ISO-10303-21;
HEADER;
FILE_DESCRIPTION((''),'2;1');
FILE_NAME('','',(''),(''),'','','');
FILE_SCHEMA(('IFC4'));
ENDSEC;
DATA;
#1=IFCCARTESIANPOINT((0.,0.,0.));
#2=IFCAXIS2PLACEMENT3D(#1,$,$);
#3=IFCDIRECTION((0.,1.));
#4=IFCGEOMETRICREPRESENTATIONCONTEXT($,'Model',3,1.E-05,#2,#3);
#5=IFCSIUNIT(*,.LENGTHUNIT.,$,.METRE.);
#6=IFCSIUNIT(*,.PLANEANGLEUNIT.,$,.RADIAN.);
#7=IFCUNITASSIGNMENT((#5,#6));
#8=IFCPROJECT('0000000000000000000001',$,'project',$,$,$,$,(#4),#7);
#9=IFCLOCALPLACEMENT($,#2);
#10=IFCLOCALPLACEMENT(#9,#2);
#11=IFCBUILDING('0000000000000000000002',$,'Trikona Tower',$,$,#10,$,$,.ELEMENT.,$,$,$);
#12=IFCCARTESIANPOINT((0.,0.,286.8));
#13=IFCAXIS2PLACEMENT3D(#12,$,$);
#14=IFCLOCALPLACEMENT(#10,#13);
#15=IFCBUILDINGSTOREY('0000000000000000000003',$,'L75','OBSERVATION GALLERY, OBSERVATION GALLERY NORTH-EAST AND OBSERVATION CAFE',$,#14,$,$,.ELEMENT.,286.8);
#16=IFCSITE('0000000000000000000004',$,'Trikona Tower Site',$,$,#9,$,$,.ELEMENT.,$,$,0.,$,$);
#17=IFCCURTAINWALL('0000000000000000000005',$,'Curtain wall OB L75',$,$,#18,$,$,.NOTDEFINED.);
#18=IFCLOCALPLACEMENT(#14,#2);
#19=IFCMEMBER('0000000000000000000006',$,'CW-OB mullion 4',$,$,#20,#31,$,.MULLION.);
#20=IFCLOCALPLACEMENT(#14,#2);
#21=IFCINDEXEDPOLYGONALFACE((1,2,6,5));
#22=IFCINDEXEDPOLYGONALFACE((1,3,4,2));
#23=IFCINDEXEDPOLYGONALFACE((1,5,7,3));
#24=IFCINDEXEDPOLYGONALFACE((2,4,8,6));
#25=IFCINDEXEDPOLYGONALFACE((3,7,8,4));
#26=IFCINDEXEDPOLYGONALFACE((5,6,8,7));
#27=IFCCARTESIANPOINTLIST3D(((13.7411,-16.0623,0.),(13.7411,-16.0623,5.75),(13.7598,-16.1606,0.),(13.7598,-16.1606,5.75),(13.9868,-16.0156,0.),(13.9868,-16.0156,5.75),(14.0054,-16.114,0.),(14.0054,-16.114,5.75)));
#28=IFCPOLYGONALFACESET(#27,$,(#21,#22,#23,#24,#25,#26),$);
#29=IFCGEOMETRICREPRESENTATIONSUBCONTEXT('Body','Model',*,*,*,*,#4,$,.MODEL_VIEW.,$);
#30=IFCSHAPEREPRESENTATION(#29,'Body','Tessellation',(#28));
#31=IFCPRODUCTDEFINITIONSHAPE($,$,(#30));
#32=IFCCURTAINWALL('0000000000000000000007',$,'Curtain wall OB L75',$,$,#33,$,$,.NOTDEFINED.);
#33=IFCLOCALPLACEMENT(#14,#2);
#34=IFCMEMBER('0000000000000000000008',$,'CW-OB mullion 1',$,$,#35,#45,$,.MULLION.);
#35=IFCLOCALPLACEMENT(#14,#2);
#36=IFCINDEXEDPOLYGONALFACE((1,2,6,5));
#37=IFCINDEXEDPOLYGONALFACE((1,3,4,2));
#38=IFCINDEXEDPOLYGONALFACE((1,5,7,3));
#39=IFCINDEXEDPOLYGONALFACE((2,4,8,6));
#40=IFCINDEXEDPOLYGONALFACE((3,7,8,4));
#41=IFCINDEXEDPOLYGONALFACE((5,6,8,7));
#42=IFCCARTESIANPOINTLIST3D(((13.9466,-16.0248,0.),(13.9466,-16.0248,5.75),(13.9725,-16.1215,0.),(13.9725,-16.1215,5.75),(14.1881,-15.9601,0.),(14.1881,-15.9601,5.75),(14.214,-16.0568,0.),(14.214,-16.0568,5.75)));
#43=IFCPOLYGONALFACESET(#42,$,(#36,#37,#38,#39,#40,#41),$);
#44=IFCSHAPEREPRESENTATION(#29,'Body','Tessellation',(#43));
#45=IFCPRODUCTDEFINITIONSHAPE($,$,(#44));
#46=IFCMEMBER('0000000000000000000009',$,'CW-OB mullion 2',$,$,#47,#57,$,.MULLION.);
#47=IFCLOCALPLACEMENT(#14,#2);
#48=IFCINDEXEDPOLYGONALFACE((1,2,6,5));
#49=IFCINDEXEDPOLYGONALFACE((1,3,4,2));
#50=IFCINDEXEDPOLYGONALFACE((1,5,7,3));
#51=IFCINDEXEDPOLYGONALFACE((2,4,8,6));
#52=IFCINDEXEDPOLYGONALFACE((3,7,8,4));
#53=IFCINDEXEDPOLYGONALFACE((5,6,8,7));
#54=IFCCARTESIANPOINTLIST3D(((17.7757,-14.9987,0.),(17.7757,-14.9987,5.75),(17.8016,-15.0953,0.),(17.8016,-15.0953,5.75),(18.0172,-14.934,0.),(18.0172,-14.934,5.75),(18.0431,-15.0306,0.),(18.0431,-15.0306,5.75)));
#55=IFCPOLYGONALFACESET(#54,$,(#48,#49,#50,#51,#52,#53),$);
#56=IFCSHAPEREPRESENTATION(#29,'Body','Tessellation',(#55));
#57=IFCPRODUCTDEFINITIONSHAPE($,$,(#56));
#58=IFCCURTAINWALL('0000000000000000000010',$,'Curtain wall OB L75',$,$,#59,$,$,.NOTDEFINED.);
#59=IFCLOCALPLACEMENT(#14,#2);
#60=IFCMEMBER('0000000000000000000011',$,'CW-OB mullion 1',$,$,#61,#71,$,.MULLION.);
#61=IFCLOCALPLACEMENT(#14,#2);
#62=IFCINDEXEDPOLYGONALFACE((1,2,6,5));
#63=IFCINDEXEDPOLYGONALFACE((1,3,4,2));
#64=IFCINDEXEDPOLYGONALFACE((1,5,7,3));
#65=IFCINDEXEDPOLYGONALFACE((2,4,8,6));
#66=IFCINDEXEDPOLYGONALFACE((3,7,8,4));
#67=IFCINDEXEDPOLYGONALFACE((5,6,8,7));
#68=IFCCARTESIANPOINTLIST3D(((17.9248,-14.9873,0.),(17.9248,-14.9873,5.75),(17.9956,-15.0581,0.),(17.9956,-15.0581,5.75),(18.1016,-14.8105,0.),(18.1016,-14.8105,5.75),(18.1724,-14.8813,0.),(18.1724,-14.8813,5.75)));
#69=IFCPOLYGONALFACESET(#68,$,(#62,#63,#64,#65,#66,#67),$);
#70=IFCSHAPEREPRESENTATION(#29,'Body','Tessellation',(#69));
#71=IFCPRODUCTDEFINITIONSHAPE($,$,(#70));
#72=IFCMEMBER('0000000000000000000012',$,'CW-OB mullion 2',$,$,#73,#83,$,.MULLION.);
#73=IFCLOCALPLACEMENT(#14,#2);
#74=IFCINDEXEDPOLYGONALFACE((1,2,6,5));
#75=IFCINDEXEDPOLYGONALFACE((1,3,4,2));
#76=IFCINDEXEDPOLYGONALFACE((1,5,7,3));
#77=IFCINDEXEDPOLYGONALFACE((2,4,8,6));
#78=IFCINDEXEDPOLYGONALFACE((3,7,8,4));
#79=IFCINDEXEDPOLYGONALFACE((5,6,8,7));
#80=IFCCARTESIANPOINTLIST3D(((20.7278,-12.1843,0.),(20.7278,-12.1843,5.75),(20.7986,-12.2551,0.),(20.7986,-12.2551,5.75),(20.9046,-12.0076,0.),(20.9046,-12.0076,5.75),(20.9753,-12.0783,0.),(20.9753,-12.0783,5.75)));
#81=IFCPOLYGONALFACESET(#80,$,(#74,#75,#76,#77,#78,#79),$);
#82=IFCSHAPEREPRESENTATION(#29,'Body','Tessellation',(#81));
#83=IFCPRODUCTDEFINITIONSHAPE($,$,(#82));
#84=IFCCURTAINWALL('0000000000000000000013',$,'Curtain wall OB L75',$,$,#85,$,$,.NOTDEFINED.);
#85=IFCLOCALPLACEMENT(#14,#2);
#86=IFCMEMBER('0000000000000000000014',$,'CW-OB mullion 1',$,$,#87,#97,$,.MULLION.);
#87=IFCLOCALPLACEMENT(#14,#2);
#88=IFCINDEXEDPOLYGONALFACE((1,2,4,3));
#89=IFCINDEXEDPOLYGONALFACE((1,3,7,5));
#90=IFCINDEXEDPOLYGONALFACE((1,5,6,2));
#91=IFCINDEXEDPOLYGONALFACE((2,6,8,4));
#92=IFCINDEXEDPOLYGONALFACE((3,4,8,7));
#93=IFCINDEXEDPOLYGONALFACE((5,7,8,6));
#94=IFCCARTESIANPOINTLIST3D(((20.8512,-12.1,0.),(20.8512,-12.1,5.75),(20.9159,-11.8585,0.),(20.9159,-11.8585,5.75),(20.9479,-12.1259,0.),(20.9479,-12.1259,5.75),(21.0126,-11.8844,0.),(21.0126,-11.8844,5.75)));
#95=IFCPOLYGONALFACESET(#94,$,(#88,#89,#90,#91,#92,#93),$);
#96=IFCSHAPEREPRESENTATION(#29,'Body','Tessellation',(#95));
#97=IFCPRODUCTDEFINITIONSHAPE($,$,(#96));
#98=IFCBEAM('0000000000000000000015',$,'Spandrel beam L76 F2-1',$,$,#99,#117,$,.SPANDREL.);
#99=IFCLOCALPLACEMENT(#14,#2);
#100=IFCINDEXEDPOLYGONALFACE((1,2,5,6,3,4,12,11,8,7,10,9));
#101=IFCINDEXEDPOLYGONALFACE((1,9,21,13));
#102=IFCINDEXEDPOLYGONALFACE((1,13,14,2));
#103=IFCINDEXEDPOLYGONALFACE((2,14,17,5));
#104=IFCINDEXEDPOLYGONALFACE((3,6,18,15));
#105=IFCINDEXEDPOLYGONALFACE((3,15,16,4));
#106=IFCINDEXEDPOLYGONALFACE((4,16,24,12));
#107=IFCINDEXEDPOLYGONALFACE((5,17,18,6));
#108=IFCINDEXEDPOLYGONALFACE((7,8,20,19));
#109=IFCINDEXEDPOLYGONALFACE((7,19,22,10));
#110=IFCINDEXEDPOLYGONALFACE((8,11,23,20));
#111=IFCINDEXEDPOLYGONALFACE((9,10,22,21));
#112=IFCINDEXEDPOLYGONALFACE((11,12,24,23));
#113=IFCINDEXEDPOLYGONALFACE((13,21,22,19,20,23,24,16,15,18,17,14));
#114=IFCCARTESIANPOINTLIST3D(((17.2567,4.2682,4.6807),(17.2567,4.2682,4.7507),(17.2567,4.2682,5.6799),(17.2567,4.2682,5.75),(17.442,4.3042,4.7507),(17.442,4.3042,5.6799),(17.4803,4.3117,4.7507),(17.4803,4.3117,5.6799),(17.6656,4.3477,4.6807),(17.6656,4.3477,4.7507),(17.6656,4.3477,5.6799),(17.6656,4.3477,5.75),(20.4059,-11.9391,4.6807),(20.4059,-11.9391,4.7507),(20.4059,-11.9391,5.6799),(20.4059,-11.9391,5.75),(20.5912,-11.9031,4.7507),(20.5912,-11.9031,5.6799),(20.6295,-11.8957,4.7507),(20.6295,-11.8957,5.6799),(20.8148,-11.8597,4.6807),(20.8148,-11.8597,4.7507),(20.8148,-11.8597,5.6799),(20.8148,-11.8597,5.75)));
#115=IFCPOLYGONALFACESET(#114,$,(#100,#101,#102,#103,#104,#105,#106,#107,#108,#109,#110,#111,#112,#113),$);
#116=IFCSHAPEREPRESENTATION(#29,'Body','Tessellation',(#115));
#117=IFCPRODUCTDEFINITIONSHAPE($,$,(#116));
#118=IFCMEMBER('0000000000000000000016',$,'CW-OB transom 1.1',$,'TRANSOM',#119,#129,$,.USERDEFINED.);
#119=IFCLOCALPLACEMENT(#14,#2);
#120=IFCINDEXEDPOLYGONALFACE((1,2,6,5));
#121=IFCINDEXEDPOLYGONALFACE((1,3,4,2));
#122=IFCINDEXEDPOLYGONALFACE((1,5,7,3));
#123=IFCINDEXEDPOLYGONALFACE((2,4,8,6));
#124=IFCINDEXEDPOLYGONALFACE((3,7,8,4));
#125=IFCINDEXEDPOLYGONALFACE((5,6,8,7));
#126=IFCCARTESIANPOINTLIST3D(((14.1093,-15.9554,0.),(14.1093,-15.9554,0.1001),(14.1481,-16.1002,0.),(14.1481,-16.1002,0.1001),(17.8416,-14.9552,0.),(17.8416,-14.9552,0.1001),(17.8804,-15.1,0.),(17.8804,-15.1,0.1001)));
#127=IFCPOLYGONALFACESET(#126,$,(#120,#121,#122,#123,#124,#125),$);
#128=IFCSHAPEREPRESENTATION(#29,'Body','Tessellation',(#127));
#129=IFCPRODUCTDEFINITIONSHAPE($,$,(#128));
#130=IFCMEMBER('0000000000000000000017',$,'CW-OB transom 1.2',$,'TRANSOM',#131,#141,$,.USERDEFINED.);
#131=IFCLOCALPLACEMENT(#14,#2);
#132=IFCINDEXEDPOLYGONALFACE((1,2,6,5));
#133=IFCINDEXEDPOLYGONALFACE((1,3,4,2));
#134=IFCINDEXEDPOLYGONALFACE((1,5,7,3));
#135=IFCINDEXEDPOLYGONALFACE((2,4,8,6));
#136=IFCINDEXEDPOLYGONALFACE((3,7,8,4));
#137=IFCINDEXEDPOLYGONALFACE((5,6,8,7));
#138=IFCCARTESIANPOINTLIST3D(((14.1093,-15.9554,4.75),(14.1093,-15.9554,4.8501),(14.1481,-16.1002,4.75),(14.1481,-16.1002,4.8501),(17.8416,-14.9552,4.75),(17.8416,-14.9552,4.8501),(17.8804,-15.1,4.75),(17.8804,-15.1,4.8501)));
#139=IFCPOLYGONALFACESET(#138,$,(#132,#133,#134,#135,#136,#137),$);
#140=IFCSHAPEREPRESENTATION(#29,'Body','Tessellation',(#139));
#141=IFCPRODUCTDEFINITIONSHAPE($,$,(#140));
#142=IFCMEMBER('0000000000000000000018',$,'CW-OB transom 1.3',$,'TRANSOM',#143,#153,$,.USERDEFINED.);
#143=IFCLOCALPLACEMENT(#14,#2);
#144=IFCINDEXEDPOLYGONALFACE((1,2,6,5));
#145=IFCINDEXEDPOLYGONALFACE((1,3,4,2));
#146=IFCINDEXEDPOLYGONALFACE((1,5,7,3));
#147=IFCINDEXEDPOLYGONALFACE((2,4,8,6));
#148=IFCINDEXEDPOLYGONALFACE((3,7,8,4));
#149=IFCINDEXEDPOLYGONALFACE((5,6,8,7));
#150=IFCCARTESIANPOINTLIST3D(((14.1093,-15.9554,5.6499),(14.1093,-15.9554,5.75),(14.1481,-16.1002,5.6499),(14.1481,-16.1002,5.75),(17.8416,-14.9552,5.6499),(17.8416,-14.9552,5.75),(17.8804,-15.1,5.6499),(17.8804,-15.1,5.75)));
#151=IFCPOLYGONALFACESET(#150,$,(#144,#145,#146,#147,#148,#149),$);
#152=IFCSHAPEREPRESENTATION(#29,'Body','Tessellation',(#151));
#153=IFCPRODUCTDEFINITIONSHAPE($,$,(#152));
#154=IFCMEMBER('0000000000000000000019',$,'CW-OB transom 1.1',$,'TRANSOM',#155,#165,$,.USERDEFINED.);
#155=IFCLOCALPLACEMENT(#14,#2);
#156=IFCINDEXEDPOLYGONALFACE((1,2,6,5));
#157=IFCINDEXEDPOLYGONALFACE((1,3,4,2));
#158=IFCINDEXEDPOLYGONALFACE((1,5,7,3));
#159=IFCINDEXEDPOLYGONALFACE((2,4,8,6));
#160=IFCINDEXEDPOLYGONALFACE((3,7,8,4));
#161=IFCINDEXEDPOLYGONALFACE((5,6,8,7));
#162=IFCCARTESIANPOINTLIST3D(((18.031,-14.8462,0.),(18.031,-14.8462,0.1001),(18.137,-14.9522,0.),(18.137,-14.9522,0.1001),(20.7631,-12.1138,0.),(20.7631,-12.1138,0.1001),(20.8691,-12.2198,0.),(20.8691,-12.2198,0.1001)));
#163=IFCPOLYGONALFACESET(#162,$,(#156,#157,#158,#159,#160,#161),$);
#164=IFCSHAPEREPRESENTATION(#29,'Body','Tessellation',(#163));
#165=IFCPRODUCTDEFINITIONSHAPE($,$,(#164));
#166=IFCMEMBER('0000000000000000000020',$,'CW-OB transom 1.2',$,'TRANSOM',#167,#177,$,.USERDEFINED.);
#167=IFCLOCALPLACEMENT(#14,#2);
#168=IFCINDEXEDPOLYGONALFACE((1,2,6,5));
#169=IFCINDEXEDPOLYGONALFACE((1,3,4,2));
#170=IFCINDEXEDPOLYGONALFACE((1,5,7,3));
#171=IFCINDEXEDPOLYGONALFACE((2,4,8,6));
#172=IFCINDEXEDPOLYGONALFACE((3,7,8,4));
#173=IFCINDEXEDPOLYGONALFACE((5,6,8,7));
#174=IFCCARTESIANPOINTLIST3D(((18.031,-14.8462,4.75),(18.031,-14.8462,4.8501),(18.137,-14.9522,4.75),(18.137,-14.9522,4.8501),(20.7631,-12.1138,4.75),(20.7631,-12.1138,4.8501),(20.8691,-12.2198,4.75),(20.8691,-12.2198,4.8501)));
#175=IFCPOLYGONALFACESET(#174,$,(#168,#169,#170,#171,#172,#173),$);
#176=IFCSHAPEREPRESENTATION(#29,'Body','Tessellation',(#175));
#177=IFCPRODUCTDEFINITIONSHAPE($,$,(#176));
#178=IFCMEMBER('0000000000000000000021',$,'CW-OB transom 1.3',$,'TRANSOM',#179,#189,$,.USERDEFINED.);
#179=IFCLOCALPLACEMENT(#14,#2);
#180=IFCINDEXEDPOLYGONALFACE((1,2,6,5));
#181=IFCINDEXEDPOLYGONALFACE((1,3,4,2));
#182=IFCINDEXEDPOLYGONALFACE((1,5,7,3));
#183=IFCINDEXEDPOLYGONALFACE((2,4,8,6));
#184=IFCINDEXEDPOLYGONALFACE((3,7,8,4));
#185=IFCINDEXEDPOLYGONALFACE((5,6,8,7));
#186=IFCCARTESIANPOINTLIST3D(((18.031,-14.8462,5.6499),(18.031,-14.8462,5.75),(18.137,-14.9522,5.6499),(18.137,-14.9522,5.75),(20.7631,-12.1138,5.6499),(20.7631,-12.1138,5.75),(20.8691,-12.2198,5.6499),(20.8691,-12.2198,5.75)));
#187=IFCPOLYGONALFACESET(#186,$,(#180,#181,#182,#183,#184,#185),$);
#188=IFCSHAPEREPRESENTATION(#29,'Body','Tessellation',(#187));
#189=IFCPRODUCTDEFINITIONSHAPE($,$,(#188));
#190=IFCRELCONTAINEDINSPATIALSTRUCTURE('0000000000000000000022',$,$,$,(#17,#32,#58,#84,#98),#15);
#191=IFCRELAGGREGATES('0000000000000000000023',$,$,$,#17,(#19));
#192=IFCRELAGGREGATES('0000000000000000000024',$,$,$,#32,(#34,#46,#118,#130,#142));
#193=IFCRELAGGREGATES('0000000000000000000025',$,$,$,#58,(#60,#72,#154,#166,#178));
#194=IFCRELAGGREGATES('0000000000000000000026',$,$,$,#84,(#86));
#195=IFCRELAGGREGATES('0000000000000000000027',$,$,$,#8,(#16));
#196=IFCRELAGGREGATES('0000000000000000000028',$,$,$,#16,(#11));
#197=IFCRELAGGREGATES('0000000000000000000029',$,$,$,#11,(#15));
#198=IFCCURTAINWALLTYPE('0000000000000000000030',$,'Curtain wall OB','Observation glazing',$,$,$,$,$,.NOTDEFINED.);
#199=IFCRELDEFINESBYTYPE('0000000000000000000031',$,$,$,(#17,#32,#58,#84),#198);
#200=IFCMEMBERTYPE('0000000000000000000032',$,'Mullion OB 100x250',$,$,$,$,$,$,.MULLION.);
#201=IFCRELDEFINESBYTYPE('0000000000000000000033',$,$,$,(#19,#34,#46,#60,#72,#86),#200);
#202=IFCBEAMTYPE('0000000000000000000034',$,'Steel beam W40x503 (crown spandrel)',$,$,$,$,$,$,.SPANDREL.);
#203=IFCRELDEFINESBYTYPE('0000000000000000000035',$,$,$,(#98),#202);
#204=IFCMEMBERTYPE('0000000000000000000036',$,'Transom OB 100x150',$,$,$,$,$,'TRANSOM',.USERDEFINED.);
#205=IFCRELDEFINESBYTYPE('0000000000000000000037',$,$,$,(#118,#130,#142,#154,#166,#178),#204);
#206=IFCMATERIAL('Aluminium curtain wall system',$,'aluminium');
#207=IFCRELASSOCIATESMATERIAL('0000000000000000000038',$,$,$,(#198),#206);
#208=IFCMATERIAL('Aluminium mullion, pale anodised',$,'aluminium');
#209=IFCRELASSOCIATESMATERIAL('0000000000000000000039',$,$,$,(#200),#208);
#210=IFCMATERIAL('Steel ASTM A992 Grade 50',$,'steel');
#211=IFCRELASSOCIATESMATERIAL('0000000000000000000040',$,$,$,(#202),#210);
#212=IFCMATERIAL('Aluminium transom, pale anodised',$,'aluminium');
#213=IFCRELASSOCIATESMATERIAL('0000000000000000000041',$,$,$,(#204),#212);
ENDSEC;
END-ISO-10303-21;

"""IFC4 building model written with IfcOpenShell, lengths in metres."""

from ifc_helpers import new_model, si_unit, direction, frame, origin, origin_2d, place, context, subcontext, project, spatial, rectangle, i_section, extrude, material, material_profile, profile_set, type_object, element, aggregate, save


model = new_model("IFC4")

# Units and contexts
model_context = context("Model", 3, precision=1e-05, world=origin(), true_north=direction((0.0, 1.0)))
body_context = subcontext(model_context, "Body", "Model", "MODEL_VIEW")
ifc_project = project(units=[si_unit("LENGTHUNIT", "METRE"), si_unit("PLANEANGLEUNIT", "RADIAN")], contexts=[model_context])

# Site, building, storey
site_placement = place(None, origin())
site = spatial("IfcSite", under=ifc_project, at=site_placement, Name="Trikona Tower Site", CompositionType="ELEMENT", RefElevation=0.0)
building_placement = place(site_placement, origin())
building = spatial("IfcBuilding", under=site, at=building_placement, Name="Trikona Tower", CompositionType="ELEMENT")
storey_placement = place(building_placement, frame((0.0, 0.0, 286.8)))
storey = spatial("IfcBuildingStorey", under=building, at=storey_placement, Name="L75", Description="OBSERVATION GALLERY, OBSERVATION GALLERY NORTH-EAST AND OBSERVATION CAFE", CompositionType="ELEMENT", Elevation=286.8)

# Curtain wall, member
ifc_material_1 = material(Name="Aluminium curtain wall system", Category="aluminium")
curtain_wall_type = type_object("IfcCurtainWallType", Name="Curtain wall OB", Description="Observation glazing", PredefinedType="NOTDEFINED", material=ifc_material_1)
curtain_wall_1_placement = place(storey_placement, origin())
curtain_wall_1 = element("IfcCurtainWall", 1, at=curtain_wall_1_placement, inside=storey, type_object=curtain_wall_type, Name="Curtain wall OB L75", PredefinedType="NOTDEFINED")
ifc_material_2 = material(Name="Aluminium mullion, pale anodised", Category="aluminium")
ifc_material_profile_1 = material_profile(ifc_material_2, rectangle(XDim=0.1001, YDim=0.25, at=origin_2d()), Name="MUL-OB")
ifc_profile_set_1 = profile_set([ifc_material_profile_1], Name="Aluminium mullion, pale anodised")
member_type_1 = type_object("IfcMemberType", Name="Mullion OB 100x250", PredefinedType="MULLION", material=ifc_profile_set_1)
member_1_placement = place(storey_placement, frame((13.8733, -16.0881, 0.0), z_axis=(0.0, 0.0, 1.0), x_axis=(-0.186661, 0.982424, 0.0)))
member_1 = element("IfcMember", 2, at=member_1_placement, type_object=member_type_1, Name="CW-OB mullion 4", PredefinedType="MULLION", context=body_context, shape_type="SweptSolid", body=[
    extrude(rectangle(XDim=0.1001, YDim=0.25, at=origin_2d()), origin(), (0.0, 0.0, 1.0), 5.75),
])
aggregate(curtain_wall_1, [member_1])

# Curtain walls, members
curtain_wall_2_placement = place(storey_placement, origin())
curtain_wall_2 = element("IfcCurtainWall", 3, at=curtain_wall_2_placement, inside=storey, type_object=curtain_wall_type, Name="Curtain wall OB L75", PredefinedType="NOTDEFINED")
member_2_placement = place(storey_placement, frame((14.0803, -16.0408, 0.0), z_axis=(0.0, 0.0, 1.0), x_axis=(-0.258828, 0.965923, 0.0)))
member_2 = element("IfcMember", 4, at=member_2_placement, type_object=member_type_1, Name="CW-OB mullion 1", PredefinedType="MULLION", context=body_context, shape_type="SweptSolid", body=[
    extrude(rectangle(XDim=0.1001, YDim=0.25, at=origin_2d()), origin(), (0.0, 0.0, 1.0), 5.75),
])
member_3_placement = place(storey_placement, frame((17.9094, -15.0146, 0.0), z_axis=(0.0, 0.0, 1.0), x_axis=(-0.258828, 0.965923, 0.0)))
member_3 = element("IfcMember", 5, at=member_3_placement, type_object=member_type_1, Name="CW-OB mullion 2", PredefinedType="MULLION", context=body_context, shape_type="SweptSolid", body=[
    extrude(rectangle(XDim=0.1001, YDim=0.25, at=origin_2d()), origin(), (0.0, 0.0, 1.0), 5.75),
])
curtain_wall_3_placement = place(storey_placement, origin())
curtain_wall_3 = element("IfcCurtainWall", 6, at=curtain_wall_3_placement, inside=storey, type_object=curtain_wall_type, Name="Curtain wall OB L75", PredefinedType="NOTDEFINED")
member_4_placement = place(storey_placement, frame((18.0486, -14.9343, 0.0), z_axis=(0.0, 0.0, 1.0), x_axis=(-0.707107, 0.707107, 0.0)))
member_4 = element("IfcMember", 7, at=member_4_placement, type_object=member_type_1, Name="CW-OB mullion 1", PredefinedType="MULLION", context=body_context, shape_type="SweptSolid", body=[
    extrude(rectangle(XDim=0.1001, YDim=0.25, at=origin_2d()), origin(), (0.0, 0.0, 1.0), 5.75),
])
member_5_placement = place(storey_placement, frame((20.8516, -12.1313, 0.0), z_axis=(0.0, 0.0, 1.0), x_axis=(-0.707107, 0.707107, 0.0)))
member_5 = element("IfcMember", 8, at=member_5_placement, type_object=member_type_1, Name="CW-OB mullion 2", PredefinedType="MULLION", context=body_context, shape_type="SweptSolid", body=[
    extrude(rectangle(XDim=0.1001, YDim=0.25, at=origin_2d()), origin(), (0.0, 0.0, 1.0), 5.75),
])

# Curtain wall, member
curtain_wall_4_placement = place(storey_placement, origin())
curtain_wall_4 = element("IfcCurtainWall", 9, at=curtain_wall_4_placement, inside=storey, type_object=curtain_wall_type, Name="Curtain wall OB L75", PredefinedType="NOTDEFINED")
member_6_placement = place(storey_placement, frame((20.9319, -11.9922, 0.0), z_axis=(0.0, 0.0, 1.0), x_axis=(-0.965923, 0.258828, 0.0)))
member_6 = element("IfcMember", 10, at=member_6_placement, type_object=member_type_1, Name="CW-OB mullion 1", PredefinedType="MULLION", context=body_context, shape_type="SweptSolid", body=[
    extrude(rectangle(XDim=0.1001, YDim=0.25, at=origin_2d()), origin(), (0.0, 0.0, 1.0), 5.75),
])

# Beam
ifc_material_3 = material(Name="Steel ASTM A992 Grade 50", Category="steel")
ifc_material_profile_2 = material_profile(ifc_material_3, i_section(OverallWidth=0.4165, OverallDepth=1.0693, WebThickness=0.0391, FlangeThickness=0.0701, at=origin_2d()), Name="W40X503")
ifc_profile_set_2 = profile_set([ifc_material_profile_2], Name="Steel ASTM A992 Grade 50")
beam_type = type_object("IfcBeamType", Name="Steel beam W40x503 (crown spandrel)", PredefinedType="SPANDREL", material=ifc_profile_set_2)
beam_placement = place(storey_placement, frame((20.6104, -11.8994, 5.2153), z_axis=(-0.190739, 0.981641, 0.0), x_axis=(-0.981641, -0.190739, 0.0)))
element("IfcBeam", 11, at=beam_placement, inside=storey, type_object=beam_type, Name="Spandrel beam L76 F2-1", PredefinedType="SPANDREL", context=body_context, shape_type="SweptSolid", body=[
    extrude(i_section(OverallWidth=0.4165, OverallDepth=1.0693, WebThickness=0.0391, FlangeThickness=0.0701, at=origin_2d()), origin(), (0.0, 0.0, 1.0), 16.5105),
])

# Members
ifc_material_4 = material(Name="Aluminium transom, pale anodised", Category="aluminium")
ifc_material_profile_3 = material_profile(ifc_material_4, rectangle(XDim=0.1499, YDim=0.1001, at=origin_2d()), Name="TRN-OB")
ifc_profile_set_3 = profile_set([ifc_material_profile_3], Name="Aluminium transom, pale anodised")
member_type_2 = type_object("IfcMemberType", Name="Transom OB 100x150", ElementType="TRANSOM", PredefinedType="USERDEFINED", material=ifc_profile_set_3)
member_7_placement = place(storey_placement, frame((14.1287, -16.0278, 0.05), z_axis=(0.965916, 0.258854, 0.0), x_axis=(-0.258854, 0.965916, 0.0)))
member_7 = element("IfcMember", 12, at=member_7_placement, type_object=member_type_2, Name="CW-OB transom 1.1", ObjectType="TRANSOM", PredefinedType="USERDEFINED", context=body_context, shape_type="SweptSolid", body=[
    extrude(rectangle(XDim=0.1499, YDim=0.1001, at=origin_2d()), origin(), (0.0, 0.0, 1.0), 3.864),
])
member_8_placement = place(storey_placement, frame((14.1287, -16.0278, 4.8), z_axis=(0.965916, 0.258854, 0.0), x_axis=(-0.258854, 0.965916, 0.0)))
member_8 = element("IfcMember", 13, at=member_8_placement, type_object=member_type_2, Name="CW-OB transom 1.2", ObjectType="TRANSOM", PredefinedType="USERDEFINED", context=body_context, shape_type="SweptSolid", body=[
    extrude(rectangle(XDim=0.1499, YDim=0.1001, at=origin_2d()), origin(), (0.0, 0.0, 1.0), 3.864),
])
member_9_placement = place(storey_placement, frame((14.1287, -16.0278, 5.7), z_axis=(0.965916, 0.258854, 0.0), x_axis=(-0.258854, 0.965916, 0.0)))
member_9 = element("IfcMember", 14, at=member_9_placement, type_object=member_type_2, Name="CW-OB transom 1.3", ObjectType="TRANSOM", PredefinedType="USERDEFINED", context=body_context, shape_type="SweptSolid", body=[
    extrude(rectangle(XDim=0.1499, YDim=0.1001, at=origin_2d()), origin(), (0.0, 0.0, 1.0), 3.864),
])
member_10_placement = place(storey_placement, frame((18.084, -14.8992, 0.05), z_axis=(0.707075, 0.707138, 0.0), x_axis=(-0.707138, 0.707075, 0.0)))
member_10 = element("IfcMember", 15, at=member_10_placement, type_object=member_type_2, Name="CW-OB transom 1.1", ObjectType="TRANSOM", PredefinedType="USERDEFINED", context=body_context, shape_type="SweptSolid", body=[
    extrude(rectangle(XDim=0.1499, YDim=0.1001, at=origin_2d()), origin(), (0.0, 0.0, 1.0), 3.864),
])
member_11_placement = place(storey_placement, frame((18.084, -14.8992, 4.8), z_axis=(0.707075, 0.707138, 0.0), x_axis=(-0.707138, 0.707075, 0.0)))
member_11 = element("IfcMember", 16, at=member_11_placement, type_object=member_type_2, Name="CW-OB transom 1.2", ObjectType="TRANSOM", PredefinedType="USERDEFINED", context=body_context, shape_type="SweptSolid", body=[
    extrude(rectangle(XDim=0.1499, YDim=0.1001, at=origin_2d()), origin(), (0.0, 0.0, 1.0), 3.864),
])
member_12_placement = place(storey_placement, frame((18.084, -14.8992, 5.7), z_axis=(0.707075, 0.707138, 0.0), x_axis=(-0.707138, 0.707075, 0.0)))
member_12 = element("IfcMember", 17, at=member_12_placement, type_object=member_type_2, Name="CW-OB transom 1.3", ObjectType="TRANSOM", PredefinedType="USERDEFINED", context=body_context, shape_type="SweptSolid", body=[
    extrude(rectangle(XDim=0.1499, YDim=0.1001, at=origin_2d()), origin(), (0.0, 0.0, 1.0), 3.864),
])

aggregate(curtain_wall_2, [member_2, member_3, member_7, member_8, member_9])
aggregate(curtain_wall_3, [member_4, member_5, member_10, member_11, member_12])
aggregate(curtain_wall_4, [member_6])

save(model, "model.ifc")
